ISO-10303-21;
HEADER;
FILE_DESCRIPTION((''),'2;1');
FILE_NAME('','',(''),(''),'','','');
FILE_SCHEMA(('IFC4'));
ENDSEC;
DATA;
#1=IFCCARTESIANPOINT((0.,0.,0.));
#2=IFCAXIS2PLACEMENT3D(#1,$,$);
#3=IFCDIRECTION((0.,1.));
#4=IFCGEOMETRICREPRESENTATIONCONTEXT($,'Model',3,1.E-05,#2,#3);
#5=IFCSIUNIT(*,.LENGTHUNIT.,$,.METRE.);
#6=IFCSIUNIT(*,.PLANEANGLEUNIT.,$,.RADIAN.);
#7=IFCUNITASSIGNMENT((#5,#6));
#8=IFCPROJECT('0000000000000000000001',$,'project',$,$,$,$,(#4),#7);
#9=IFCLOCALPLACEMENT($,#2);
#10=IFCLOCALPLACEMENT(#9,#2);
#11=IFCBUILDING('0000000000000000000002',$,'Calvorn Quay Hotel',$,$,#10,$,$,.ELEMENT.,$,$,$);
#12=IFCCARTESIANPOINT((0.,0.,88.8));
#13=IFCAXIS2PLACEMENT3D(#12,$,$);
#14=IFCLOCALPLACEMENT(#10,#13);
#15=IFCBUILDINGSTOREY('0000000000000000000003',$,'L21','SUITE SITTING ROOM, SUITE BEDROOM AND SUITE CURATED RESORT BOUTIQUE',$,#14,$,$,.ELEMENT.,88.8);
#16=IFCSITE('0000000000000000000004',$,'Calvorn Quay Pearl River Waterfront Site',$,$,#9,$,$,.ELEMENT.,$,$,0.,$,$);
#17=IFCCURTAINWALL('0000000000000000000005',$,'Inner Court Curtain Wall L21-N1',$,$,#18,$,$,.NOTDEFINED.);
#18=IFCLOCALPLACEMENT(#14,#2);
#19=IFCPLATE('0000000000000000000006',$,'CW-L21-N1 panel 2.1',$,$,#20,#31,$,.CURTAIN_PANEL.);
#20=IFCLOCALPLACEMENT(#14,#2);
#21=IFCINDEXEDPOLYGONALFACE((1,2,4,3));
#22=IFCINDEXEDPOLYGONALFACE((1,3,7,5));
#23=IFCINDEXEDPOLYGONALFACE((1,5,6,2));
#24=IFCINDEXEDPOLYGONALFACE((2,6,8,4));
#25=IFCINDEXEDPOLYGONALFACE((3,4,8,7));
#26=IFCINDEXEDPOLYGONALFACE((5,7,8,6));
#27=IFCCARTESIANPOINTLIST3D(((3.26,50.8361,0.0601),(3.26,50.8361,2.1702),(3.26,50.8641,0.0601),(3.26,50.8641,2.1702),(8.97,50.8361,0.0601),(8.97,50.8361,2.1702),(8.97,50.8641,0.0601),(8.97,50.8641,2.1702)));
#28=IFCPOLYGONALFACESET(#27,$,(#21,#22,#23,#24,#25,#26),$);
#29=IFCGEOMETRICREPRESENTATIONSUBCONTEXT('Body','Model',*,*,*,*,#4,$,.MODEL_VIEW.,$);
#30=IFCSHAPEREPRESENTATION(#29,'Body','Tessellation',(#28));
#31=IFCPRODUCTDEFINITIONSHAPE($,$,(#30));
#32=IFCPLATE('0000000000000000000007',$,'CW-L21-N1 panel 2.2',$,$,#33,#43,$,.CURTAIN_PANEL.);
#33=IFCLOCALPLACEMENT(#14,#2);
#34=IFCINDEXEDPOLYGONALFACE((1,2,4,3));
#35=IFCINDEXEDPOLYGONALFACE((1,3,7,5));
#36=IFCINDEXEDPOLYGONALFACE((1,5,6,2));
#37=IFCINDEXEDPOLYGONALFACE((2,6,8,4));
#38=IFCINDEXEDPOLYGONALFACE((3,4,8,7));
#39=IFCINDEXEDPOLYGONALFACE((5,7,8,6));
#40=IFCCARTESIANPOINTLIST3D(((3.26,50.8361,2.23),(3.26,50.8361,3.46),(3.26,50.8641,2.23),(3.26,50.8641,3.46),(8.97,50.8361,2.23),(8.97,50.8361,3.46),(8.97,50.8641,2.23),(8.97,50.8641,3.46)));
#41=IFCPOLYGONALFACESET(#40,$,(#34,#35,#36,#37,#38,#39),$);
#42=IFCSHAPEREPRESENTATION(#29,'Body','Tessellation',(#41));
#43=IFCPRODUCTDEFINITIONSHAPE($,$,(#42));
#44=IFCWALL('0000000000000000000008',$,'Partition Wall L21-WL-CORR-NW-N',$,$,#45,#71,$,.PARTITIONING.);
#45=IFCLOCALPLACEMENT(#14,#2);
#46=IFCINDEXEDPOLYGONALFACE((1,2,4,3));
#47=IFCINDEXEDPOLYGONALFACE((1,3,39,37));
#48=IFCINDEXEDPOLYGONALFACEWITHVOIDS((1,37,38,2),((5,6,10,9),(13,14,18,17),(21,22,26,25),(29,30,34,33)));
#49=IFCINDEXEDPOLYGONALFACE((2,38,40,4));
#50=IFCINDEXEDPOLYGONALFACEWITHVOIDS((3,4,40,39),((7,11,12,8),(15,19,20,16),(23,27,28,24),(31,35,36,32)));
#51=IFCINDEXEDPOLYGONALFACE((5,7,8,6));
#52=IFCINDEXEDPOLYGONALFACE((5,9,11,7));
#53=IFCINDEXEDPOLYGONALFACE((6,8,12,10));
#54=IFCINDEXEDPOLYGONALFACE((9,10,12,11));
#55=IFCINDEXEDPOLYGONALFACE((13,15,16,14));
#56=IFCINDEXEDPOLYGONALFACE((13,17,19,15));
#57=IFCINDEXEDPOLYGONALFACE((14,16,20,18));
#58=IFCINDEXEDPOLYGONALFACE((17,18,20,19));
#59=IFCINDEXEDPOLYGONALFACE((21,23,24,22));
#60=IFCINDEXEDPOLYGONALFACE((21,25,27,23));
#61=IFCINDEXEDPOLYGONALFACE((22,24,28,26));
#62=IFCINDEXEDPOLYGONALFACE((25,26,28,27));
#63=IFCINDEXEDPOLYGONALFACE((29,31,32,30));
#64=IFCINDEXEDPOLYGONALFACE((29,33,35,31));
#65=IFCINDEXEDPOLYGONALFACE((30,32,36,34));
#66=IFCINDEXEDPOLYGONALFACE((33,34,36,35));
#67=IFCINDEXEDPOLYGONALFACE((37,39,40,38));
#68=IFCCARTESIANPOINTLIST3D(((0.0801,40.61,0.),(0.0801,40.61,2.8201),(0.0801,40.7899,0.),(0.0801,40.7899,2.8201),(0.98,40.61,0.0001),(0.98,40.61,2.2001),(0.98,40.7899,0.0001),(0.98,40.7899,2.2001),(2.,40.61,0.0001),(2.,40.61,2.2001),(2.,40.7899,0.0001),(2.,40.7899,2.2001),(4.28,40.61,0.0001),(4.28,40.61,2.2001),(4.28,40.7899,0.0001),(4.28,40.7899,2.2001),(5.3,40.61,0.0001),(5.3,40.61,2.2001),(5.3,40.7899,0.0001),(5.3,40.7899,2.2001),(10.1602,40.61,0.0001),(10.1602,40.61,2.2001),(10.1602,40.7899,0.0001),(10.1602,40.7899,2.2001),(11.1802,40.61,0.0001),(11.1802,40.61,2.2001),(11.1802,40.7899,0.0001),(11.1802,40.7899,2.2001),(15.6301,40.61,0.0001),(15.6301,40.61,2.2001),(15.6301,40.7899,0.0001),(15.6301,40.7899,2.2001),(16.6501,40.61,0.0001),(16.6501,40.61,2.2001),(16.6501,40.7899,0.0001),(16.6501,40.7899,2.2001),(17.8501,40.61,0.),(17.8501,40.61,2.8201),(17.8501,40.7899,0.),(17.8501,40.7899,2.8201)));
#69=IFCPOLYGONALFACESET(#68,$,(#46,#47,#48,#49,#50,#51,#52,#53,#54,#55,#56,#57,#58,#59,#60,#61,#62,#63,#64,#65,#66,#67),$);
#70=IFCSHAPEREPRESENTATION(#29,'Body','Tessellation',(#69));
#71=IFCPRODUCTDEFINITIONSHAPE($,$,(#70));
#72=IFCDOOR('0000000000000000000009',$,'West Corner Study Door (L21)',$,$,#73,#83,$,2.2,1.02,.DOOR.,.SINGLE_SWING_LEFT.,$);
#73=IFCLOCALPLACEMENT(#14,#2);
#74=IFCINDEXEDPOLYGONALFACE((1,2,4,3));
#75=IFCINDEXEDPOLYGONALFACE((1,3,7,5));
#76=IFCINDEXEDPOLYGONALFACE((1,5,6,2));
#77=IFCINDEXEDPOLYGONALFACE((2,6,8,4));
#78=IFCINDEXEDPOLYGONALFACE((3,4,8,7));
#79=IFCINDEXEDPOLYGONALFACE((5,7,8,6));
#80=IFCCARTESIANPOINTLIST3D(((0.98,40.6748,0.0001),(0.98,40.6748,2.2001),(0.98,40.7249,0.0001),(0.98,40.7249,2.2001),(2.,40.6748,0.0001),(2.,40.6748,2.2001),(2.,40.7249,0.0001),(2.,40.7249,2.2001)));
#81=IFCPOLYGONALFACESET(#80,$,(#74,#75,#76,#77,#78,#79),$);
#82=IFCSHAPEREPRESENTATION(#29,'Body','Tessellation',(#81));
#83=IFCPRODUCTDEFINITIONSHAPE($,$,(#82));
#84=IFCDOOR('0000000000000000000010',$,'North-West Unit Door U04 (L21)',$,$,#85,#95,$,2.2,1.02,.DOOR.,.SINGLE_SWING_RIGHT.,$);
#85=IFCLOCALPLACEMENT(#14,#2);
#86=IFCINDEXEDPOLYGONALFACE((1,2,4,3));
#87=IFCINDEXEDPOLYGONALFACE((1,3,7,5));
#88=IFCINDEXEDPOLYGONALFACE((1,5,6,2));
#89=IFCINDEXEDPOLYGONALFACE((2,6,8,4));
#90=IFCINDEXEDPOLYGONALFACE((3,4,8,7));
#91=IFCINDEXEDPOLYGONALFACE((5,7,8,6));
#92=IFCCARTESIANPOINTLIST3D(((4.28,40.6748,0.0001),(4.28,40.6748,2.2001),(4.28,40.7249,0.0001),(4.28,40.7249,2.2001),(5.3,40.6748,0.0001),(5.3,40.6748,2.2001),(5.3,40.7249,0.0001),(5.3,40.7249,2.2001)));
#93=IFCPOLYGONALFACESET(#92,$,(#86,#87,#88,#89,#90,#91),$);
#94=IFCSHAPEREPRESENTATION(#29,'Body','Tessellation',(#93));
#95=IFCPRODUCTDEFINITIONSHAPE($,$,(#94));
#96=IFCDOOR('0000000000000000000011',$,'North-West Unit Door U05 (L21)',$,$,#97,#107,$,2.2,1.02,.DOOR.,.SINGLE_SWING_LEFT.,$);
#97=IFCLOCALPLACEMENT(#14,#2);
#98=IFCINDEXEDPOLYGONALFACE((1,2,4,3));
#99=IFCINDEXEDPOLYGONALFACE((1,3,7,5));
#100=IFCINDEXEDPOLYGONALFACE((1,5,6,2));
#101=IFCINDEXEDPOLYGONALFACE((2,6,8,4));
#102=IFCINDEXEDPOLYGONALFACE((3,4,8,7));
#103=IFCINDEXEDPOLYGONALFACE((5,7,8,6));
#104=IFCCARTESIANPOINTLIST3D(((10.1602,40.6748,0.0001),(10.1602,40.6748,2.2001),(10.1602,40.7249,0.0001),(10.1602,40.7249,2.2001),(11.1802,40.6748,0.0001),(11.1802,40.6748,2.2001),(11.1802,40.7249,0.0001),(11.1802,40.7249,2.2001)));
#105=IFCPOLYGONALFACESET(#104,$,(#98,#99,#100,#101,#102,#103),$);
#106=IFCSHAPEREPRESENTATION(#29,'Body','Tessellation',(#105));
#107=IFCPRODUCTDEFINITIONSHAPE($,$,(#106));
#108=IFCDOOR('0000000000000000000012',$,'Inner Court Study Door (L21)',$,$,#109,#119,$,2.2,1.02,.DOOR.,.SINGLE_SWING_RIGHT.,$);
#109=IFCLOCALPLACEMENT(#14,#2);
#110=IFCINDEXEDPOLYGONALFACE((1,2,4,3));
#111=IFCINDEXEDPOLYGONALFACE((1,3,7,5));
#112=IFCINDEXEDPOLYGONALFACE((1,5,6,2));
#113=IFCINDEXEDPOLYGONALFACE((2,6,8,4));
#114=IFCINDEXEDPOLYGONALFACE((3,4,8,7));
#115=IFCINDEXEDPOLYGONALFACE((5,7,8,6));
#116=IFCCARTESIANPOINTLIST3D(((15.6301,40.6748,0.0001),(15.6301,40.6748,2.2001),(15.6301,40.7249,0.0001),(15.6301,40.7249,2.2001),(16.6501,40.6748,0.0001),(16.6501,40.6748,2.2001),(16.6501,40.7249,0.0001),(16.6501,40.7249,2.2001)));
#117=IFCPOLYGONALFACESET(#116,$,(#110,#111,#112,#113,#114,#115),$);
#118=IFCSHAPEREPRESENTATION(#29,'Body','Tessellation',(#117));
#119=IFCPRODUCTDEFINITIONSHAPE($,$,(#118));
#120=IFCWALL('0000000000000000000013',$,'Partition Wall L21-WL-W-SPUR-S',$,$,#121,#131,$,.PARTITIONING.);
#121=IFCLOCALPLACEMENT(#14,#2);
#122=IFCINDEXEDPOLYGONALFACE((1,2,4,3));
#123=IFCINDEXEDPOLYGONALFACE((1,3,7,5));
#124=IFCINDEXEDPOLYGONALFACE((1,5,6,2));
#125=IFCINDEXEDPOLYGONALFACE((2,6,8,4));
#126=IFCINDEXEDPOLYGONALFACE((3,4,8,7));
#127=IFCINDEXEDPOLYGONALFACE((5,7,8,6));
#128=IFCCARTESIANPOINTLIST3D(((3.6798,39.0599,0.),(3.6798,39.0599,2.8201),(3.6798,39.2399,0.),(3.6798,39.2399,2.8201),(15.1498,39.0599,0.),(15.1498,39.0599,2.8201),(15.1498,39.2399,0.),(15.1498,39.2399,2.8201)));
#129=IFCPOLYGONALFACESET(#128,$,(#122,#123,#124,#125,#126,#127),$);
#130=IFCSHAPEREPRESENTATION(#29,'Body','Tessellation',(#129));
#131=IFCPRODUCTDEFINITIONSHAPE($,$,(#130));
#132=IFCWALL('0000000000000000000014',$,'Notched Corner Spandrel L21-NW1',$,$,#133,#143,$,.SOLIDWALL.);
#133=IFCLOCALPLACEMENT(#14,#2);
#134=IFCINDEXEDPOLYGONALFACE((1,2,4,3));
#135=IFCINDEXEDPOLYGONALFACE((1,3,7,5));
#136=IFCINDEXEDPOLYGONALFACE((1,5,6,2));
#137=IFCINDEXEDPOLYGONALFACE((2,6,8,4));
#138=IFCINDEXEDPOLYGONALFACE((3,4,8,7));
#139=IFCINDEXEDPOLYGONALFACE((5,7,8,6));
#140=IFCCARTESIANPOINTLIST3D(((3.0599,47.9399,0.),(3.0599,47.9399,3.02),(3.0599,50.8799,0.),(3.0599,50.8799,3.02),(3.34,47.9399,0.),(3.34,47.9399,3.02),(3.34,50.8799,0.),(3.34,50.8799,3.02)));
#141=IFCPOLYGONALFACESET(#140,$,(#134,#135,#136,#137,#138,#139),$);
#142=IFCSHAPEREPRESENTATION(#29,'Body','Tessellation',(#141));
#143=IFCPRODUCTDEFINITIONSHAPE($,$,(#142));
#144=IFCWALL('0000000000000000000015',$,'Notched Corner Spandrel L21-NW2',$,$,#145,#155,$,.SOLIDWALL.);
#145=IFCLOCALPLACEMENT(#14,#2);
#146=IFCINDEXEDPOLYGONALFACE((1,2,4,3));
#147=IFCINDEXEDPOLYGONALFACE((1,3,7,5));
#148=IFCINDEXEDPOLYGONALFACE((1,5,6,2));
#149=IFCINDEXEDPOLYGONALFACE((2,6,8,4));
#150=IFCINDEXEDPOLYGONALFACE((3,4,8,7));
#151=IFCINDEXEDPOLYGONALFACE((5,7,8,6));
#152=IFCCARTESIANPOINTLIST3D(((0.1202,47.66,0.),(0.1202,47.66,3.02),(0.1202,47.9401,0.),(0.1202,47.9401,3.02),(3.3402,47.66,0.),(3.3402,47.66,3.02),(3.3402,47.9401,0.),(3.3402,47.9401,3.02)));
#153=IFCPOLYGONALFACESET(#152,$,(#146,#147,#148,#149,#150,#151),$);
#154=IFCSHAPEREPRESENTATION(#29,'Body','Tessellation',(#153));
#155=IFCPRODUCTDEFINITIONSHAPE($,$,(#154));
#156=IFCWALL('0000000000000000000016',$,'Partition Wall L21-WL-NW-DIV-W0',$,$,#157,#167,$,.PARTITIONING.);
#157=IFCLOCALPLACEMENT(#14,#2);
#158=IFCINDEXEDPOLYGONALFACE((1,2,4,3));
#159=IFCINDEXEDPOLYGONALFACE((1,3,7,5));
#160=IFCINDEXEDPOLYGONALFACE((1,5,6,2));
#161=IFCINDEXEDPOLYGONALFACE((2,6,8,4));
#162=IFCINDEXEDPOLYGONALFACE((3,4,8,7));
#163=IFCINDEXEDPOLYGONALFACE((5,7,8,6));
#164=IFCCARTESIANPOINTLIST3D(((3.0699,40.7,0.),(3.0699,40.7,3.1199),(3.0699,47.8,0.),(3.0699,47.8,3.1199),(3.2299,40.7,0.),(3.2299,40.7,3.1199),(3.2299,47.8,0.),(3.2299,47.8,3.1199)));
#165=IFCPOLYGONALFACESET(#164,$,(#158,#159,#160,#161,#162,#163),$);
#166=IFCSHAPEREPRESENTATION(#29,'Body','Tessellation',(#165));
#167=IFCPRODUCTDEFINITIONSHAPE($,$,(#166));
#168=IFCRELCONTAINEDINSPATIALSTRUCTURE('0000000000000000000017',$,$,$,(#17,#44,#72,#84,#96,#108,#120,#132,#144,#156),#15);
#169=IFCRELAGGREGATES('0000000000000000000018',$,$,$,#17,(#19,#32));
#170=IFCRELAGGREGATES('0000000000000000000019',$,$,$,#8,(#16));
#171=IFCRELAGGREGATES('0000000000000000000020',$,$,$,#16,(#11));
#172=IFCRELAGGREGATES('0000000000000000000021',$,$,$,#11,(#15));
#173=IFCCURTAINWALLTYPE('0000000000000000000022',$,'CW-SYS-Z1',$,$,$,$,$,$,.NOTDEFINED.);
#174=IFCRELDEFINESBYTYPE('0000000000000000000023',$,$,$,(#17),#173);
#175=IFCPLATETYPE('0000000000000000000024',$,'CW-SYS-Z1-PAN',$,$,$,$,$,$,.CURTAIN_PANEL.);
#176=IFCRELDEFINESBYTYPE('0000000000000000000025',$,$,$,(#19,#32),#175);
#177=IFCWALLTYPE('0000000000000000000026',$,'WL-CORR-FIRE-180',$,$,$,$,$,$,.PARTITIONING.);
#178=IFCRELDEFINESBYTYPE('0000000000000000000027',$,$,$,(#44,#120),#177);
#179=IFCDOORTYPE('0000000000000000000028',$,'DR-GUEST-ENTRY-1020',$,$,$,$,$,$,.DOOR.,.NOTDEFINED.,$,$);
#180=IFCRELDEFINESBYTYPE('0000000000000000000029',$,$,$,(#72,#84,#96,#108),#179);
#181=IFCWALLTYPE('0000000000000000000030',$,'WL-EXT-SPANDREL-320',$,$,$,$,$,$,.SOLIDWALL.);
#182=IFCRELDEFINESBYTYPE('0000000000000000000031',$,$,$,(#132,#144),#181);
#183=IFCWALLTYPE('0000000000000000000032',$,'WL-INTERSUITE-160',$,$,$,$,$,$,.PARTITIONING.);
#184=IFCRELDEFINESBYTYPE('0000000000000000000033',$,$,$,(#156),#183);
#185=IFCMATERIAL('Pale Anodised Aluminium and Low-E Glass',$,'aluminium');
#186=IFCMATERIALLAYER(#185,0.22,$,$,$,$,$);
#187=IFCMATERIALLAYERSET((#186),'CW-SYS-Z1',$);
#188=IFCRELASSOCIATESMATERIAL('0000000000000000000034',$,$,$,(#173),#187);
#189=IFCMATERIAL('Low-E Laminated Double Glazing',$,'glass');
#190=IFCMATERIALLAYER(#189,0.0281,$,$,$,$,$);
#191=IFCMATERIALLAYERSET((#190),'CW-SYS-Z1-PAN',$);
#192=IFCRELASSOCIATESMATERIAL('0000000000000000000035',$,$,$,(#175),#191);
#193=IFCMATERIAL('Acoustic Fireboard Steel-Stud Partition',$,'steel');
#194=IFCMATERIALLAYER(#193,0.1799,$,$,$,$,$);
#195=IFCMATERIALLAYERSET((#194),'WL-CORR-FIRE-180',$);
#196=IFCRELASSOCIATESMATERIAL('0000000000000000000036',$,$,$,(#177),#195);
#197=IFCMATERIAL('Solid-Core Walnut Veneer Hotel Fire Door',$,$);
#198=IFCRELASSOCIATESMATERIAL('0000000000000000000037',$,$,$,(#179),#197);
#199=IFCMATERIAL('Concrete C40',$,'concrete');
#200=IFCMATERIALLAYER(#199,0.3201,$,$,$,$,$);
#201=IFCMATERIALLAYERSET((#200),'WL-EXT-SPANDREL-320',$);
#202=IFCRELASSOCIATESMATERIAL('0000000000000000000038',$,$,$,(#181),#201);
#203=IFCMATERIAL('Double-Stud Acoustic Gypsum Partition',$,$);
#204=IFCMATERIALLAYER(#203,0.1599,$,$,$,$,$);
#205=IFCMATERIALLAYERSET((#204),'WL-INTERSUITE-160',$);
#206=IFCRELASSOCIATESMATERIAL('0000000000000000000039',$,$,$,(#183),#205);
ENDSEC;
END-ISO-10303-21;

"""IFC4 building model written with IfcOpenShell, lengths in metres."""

from ifc_helpers import new_model, si_unit, direction, frame, frame_2d, origin, origin_2d, place, context, subcontext, project, spatial, rectangle, extrude, material, layer, layer_set, type_object, element, fill, aggregate, save


model = new_model("IFC4")

# Units and contexts
model_context = context("Model", 3, precision=1e-05, world=origin(), true_north=direction((0.0, 1.0)))
body_context = subcontext(model_context, "Body", "Model", "MODEL_VIEW")
ifc_project = project(units=[si_unit("LENGTHUNIT", "METRE"), si_unit("PLANEANGLEUNIT", "RADIAN")], contexts=[model_context])

# Site, building, storey
site_placement = place(None, origin())
site = spatial("IfcSite", under=ifc_project, at=site_placement, Name="Calvorn Quay Pearl River Waterfront Site", CompositionType="ELEMENT", RefElevation=0.0)
building_placement = place(site_placement, origin())
building = spatial("IfcBuilding", under=site, at=building_placement, Name="Calvorn Quay Hotel", CompositionType="ELEMENT")
storey_placement = place(building_placement, frame((0.0, 0.0, 88.8)))
storey = spatial("IfcBuildingStorey", under=building, at=storey_placement, Name="L21", Description="SUITE SITTING ROOM, SUITE BEDROOM AND SUITE CURATED RESORT BOUTIQUE", CompositionType="ELEMENT", Elevation=88.8)

# Shared definitions
ifc_material_1 = material(Name="Pale Anodised Aluminium and Low-E Glass", Category="aluminium")
ifc_layer_1 = layer(ifc_material_1, 0.22)
ifc_layer_set_1 = layer_set([ifc_layer_1], Name="CW-SYS-Z1")
curtain_wall_type = type_object("IfcCurtainWallType", Name="CW-SYS-Z1", PredefinedType="NOTDEFINED", material=ifc_layer_set_1)

# Curtain wall
curtain_wall_1_placement = place(storey_placement, origin())
curtain_wall_1 = element("IfcCurtainWall", 1, at=curtain_wall_1_placement, inside=storey, type_object=curtain_wall_type, Name="Inner Court Curtain Wall L21-N1", PredefinedType="NOTDEFINED")

# Plates
ifc_material_2 = material(Name="Low-E Laminated Double Glazing", Category="glass")
ifc_layer_2 = layer(ifc_material_2, 0.0281)
ifc_layer_set_2 = layer_set([ifc_layer_2], Name="CW-SYS-Z1-PAN")
plate_type = type_object("IfcPlateType", Name="CW-SYS-Z1-PAN", PredefinedType="CURTAIN_PANEL", material=ifc_layer_set_2)
plate_1_placement = place(storey_placement, frame((6.115, 50.8501, 0.0601), z_axis=(0.0, 0.0, 1.0), x_axis=(-1.0, 0.0, 0.0)))
plate_1 = element("IfcPlate", 2, at=plate_1_placement, type_object=plate_type, Name="CW-L21-N1 panel 2.1", PredefinedType="CURTAIN_PANEL", context=body_context, shape_type="SweptSolid", body=[
    extrude(rectangle(XDim=5.71, YDim=0.0281, at=origin_2d()), origin(), (0.0, 0.0, 1.0), 2.1101),
])
plate_2_placement = place(storey_placement, frame((6.115, 50.8501, 2.23), z_axis=(0.0, 0.0, 1.0), x_axis=(-1.0, 0.0, 0.0)))
plate_2 = element("IfcPlate", 3, at=plate_2_placement, type_object=plate_type, Name="CW-L21-N1 panel 2.2", PredefinedType="CURTAIN_PANEL", context=body_context, shape_type="SweptSolid", body=[
    extrude(rectangle(XDim=5.71, YDim=0.0281, at=origin_2d()), origin(), (0.0, 0.0, 1.0), 1.23),
])
aggregate(curtain_wall_1, [plate_1, plate_2])

# Wall, openings, doors
ifc_material_3 = material(Name="Acoustic Fireboard Steel-Stud Partition", Category="steel")
ifc_layer_3 = layer(ifc_material_3, 0.1799)
ifc_layer_set_3 = layer_set([ifc_layer_3], Name="WL-CORR-FIRE-180")
wall_type_1 = type_object("IfcWallType", Name="WL-CORR-FIRE-180", PredefinedType="PARTITIONING", material=ifc_layer_set_3)
wall_1_placement = place(storey_placement, frame((0.0801, 40.7, 0.0), z_axis=(0.0, 0.0, 1.0), x_axis=(1.0, 0.0, 0.0)))
wall_1 = element("IfcWall", 4, at=wall_1_placement, inside=storey, type_object=wall_type_1, Name="Partition Wall L21-WL-CORR-NW-N", PredefinedType="PARTITIONING", context=body_context, shape_type="SweptSolid", body=[
    extrude(rectangle(XDim=17.77, YDim=0.1799, at=frame_2d((8.885, 0.0))), origin(), (0.0, 0.0, 1.0), 2.8201),
])
opening_1_placement = place(wall_1_placement, frame((0.8999, 0.0, 0.0)))
opening_1 = element("IfcOpeningElement", 5, at=opening_1_placement, cuts=wall_1, PredefinedType="OPENING", context=body_context, shape_type="SweptSolid", body=[
    extrude(rectangle(XDim=1.02, YDim=2.2, at=frame_2d((0.51, 1.1001))), frame((0.0, 0.0999, 0.0), z_axis=(0.0, -1.0, 0.0), x_axis=(1.0, 0.0, 0.0)), (0.0, 0.0, 1.0), 0.2),
])
opening_2_placement = place(wall_1_placement, frame((4.2, 0.0, 0.0)))
opening_2 = element("IfcOpeningElement", 6, at=opening_2_placement, cuts=wall_1, PredefinedType="OPENING", context=body_context, shape_type="SweptSolid", body=[
    extrude(rectangle(XDim=1.02, YDim=2.2, at=frame_2d((0.51, 1.1001))), frame((0.0, 0.0999, 0.0), z_axis=(0.0, -1.0, 0.0), x_axis=(1.0, 0.0, 0.0)), (0.0, 0.0, 1.0), 0.2),
])
opening_3_placement = place(wall_1_placement, frame((10.0801, 0.0, 0.0)))
opening_3 = element("IfcOpeningElement", 7, at=opening_3_placement, cuts=wall_1, PredefinedType="OPENING", context=body_context, shape_type="SweptSolid", body=[
    extrude(rectangle(XDim=1.02, YDim=2.2, at=frame_2d((0.51, 1.1001))), frame((0.0, 0.0999, 0.0), z_axis=(0.0, -1.0, 0.0), x_axis=(1.0, 0.0, 0.0)), (0.0, 0.0, 1.0), 0.2),
])
opening_4_placement = place(wall_1_placement, frame((15.55, 0.0, 0.0)))
opening_4 = element("IfcOpeningElement", 8, at=opening_4_placement, cuts=wall_1, PredefinedType="OPENING", context=body_context, shape_type="SweptSolid", body=[
    extrude(rectangle(XDim=1.02, YDim=2.2, at=frame_2d((0.51, 1.1001))), frame((0.0, 0.0999, 0.0), z_axis=(0.0, -1.0, 0.0), x_axis=(1.0, 0.0, 0.0)), (0.0, 0.0, 1.0), 0.2),
])
ifc_material_4 = material(Name="Solid-Core Walnut Veneer Hotel Fire Door")
door_type = type_object("IfcDoorType", Name="DR-GUEST-ENTRY-1020", OperationType="NOTDEFINED", PredefinedType="DOOR", material=ifc_material_4)
door_1_placement = place(opening_1_placement, origin())
door_1 = element("IfcDoor", 9, at=door_1_placement, inside=storey, type_object=door_type, Name="West Corner Study Door (L21)", OperationType="SINGLE_SWING_LEFT", OverallHeight=2.2, OverallWidth=1.02, PredefinedType="DOOR", context=body_context, shape_type="SweptSolid", body=[
    extrude(rectangle(XDim=1.02, YDim=2.2, at=frame_2d((0.51, 1.1001))), frame((0.0, 0.0249, 0.0), z_axis=(0.0, -1.0, 0.0), x_axis=(1.0, 0.0, 0.0)), (0.0, 0.0, 1.0), 0.05),
])
fill(opening_1, door_1)
door_2_placement = place(opening_2_placement, origin())
door_2 = element("IfcDoor", 10, at=door_2_placement, inside=storey, type_object=door_type, Name="North-West Unit Door U04 (L21)", OperationType="SINGLE_SWING_RIGHT", OverallHeight=2.2, OverallWidth=1.02, PredefinedType="DOOR", context=body_context, shape_type="SweptSolid", body=[
    extrude(rectangle(XDim=1.02, YDim=2.2, at=frame_2d((0.51, 1.1001))), frame((0.0, 0.0249, 0.0), z_axis=(0.0, -1.0, 0.0), x_axis=(1.0, 0.0, 0.0)), (0.0, 0.0, 1.0), 0.05),
])
fill(opening_2, door_2)
door_3_placement = place(opening_3_placement, origin())
door_3 = element("IfcDoor", 11, at=door_3_placement, inside=storey, type_object=door_type, Name="North-West Unit Door U05 (L21)", OperationType="SINGLE_SWING_LEFT", OverallHeight=2.2, OverallWidth=1.02, PredefinedType="DOOR", context=body_context, shape_type="SweptSolid", body=[
    extrude(rectangle(XDim=1.02, YDim=2.2, at=frame_2d((0.51, 1.1001))), frame((0.0, 0.0249, 0.0), z_axis=(0.0, -1.0, 0.0), x_axis=(1.0, 0.0, 0.0)), (0.0, 0.0, 1.0), 0.05),
])
fill(opening_3, door_3)
door_4_placement = place(opening_4_placement, origin())
door_4 = element("IfcDoor", 12, at=door_4_placement, inside=storey, type_object=door_type, Name="Inner Court Study Door (L21)", OperationType="SINGLE_SWING_RIGHT", OverallHeight=2.2, OverallWidth=1.02, PredefinedType="DOOR", context=body_context, shape_type="SweptSolid", body=[
    extrude(rectangle(XDim=1.02, YDim=2.2, at=frame_2d((0.51, 1.1001))), frame((0.0, 0.0249, 0.0), z_axis=(0.0, -1.0, 0.0), x_axis=(1.0, 0.0, 0.0)), (0.0, 0.0, 1.0), 0.05),
])
fill(opening_4, door_4)

# Walls
wall_2_placement = place(storey_placement, frame((3.6799, 39.1499, 0.0), z_axis=(0.0, 0.0, 1.0), x_axis=(1.0, 0.0, 0.0)))
element("IfcWall", 13, at=wall_2_placement, inside=storey, type_object=wall_type_1, Name="Partition Wall L21-WL-W-SPUR-S", PredefinedType="PARTITIONING", context=body_context, shape_type="SweptSolid", body=[
    extrude(rectangle(XDim=11.47, YDim=0.1799, at=frame_2d((5.7349, 0.0))), origin(), (0.0, 0.0, 1.0), 2.8201),
])
ifc_material_5 = material(Name="Concrete C40", Category="concrete")
ifc_layer_4 = layer(ifc_material_5, 0.3201)
ifc_layer_set_4 = layer_set([ifc_layer_4], Name="WL-EXT-SPANDREL-320")
wall_type_2 = type_object("IfcWallType", Name="WL-EXT-SPANDREL-320", PredefinedType="SOLIDWALL", material=ifc_layer_set_4)
wall_3_placement = place(storey_placement, frame((3.2, 50.8799, 0.0), z_axis=(0.0, 0.0, 1.0), x_axis=(0.0, -1.0, 0.0)))
element("IfcWall", 14, at=wall_3_placement, inside=storey, type_object=wall_type_2, Name="Notched Corner Spandrel L21-NW1", PredefinedType="SOLIDWALL", context=body_context, shape_type="SweptSolid", body=[
    extrude(rectangle(XDim=2.9399, YDim=0.28, at=frame_2d((1.47, 0.0))), origin(), (0.0, 0.0, 1.0), 3.02),
])
wall_4_placement = place(storey_placement, frame((3.3401, 47.8, 0.0), z_axis=(0.0, 0.0, 1.0), x_axis=(-1.0, 0.0, 0.0)))
element("IfcWall", 15, at=wall_4_placement, inside=storey, type_object=wall_type_2, Name="Notched Corner Spandrel L21-NW2", PredefinedType="SOLIDWALL", context=body_context, shape_type="SweptSolid", body=[
    extrude(rectangle(XDim=3.22, YDim=0.28, at=frame_2d((1.6099, 0.0))), origin(), (0.0, 0.0, 1.0), 3.02),
])
ifc_material_6 = material(Name="Double-Stud Acoustic Gypsum Partition")
ifc_layer_5 = layer(ifc_material_6, 0.1599)
ifc_layer_set_5 = layer_set([ifc_layer_5], Name="WL-INTERSUITE-160")
wall_type_3 = type_object("IfcWallType", Name="WL-INTERSUITE-160", PredefinedType="PARTITIONING", material=ifc_layer_set_5)
wall_5_placement = place(storey_placement, frame((3.1499, 40.7, 0.0), z_axis=(0.0, 0.0, 1.0), x_axis=(0.0, 1.0, 0.0)))
element("IfcWall", 16, at=wall_5_placement, inside=storey, type_object=wall_type_3, Name="Partition Wall L21-WL-NW-DIV-W0", PredefinedType="PARTITIONING", context=body_context, shape_type="SweptSolid", body=[
    extrude(rectangle(XDim=7.1001, YDim=0.1599, at=frame_2d((3.55, 0.0))), origin(), (0.0, 0.0, 1.0), 3.1199),
])

save(model, "model.ifc")
